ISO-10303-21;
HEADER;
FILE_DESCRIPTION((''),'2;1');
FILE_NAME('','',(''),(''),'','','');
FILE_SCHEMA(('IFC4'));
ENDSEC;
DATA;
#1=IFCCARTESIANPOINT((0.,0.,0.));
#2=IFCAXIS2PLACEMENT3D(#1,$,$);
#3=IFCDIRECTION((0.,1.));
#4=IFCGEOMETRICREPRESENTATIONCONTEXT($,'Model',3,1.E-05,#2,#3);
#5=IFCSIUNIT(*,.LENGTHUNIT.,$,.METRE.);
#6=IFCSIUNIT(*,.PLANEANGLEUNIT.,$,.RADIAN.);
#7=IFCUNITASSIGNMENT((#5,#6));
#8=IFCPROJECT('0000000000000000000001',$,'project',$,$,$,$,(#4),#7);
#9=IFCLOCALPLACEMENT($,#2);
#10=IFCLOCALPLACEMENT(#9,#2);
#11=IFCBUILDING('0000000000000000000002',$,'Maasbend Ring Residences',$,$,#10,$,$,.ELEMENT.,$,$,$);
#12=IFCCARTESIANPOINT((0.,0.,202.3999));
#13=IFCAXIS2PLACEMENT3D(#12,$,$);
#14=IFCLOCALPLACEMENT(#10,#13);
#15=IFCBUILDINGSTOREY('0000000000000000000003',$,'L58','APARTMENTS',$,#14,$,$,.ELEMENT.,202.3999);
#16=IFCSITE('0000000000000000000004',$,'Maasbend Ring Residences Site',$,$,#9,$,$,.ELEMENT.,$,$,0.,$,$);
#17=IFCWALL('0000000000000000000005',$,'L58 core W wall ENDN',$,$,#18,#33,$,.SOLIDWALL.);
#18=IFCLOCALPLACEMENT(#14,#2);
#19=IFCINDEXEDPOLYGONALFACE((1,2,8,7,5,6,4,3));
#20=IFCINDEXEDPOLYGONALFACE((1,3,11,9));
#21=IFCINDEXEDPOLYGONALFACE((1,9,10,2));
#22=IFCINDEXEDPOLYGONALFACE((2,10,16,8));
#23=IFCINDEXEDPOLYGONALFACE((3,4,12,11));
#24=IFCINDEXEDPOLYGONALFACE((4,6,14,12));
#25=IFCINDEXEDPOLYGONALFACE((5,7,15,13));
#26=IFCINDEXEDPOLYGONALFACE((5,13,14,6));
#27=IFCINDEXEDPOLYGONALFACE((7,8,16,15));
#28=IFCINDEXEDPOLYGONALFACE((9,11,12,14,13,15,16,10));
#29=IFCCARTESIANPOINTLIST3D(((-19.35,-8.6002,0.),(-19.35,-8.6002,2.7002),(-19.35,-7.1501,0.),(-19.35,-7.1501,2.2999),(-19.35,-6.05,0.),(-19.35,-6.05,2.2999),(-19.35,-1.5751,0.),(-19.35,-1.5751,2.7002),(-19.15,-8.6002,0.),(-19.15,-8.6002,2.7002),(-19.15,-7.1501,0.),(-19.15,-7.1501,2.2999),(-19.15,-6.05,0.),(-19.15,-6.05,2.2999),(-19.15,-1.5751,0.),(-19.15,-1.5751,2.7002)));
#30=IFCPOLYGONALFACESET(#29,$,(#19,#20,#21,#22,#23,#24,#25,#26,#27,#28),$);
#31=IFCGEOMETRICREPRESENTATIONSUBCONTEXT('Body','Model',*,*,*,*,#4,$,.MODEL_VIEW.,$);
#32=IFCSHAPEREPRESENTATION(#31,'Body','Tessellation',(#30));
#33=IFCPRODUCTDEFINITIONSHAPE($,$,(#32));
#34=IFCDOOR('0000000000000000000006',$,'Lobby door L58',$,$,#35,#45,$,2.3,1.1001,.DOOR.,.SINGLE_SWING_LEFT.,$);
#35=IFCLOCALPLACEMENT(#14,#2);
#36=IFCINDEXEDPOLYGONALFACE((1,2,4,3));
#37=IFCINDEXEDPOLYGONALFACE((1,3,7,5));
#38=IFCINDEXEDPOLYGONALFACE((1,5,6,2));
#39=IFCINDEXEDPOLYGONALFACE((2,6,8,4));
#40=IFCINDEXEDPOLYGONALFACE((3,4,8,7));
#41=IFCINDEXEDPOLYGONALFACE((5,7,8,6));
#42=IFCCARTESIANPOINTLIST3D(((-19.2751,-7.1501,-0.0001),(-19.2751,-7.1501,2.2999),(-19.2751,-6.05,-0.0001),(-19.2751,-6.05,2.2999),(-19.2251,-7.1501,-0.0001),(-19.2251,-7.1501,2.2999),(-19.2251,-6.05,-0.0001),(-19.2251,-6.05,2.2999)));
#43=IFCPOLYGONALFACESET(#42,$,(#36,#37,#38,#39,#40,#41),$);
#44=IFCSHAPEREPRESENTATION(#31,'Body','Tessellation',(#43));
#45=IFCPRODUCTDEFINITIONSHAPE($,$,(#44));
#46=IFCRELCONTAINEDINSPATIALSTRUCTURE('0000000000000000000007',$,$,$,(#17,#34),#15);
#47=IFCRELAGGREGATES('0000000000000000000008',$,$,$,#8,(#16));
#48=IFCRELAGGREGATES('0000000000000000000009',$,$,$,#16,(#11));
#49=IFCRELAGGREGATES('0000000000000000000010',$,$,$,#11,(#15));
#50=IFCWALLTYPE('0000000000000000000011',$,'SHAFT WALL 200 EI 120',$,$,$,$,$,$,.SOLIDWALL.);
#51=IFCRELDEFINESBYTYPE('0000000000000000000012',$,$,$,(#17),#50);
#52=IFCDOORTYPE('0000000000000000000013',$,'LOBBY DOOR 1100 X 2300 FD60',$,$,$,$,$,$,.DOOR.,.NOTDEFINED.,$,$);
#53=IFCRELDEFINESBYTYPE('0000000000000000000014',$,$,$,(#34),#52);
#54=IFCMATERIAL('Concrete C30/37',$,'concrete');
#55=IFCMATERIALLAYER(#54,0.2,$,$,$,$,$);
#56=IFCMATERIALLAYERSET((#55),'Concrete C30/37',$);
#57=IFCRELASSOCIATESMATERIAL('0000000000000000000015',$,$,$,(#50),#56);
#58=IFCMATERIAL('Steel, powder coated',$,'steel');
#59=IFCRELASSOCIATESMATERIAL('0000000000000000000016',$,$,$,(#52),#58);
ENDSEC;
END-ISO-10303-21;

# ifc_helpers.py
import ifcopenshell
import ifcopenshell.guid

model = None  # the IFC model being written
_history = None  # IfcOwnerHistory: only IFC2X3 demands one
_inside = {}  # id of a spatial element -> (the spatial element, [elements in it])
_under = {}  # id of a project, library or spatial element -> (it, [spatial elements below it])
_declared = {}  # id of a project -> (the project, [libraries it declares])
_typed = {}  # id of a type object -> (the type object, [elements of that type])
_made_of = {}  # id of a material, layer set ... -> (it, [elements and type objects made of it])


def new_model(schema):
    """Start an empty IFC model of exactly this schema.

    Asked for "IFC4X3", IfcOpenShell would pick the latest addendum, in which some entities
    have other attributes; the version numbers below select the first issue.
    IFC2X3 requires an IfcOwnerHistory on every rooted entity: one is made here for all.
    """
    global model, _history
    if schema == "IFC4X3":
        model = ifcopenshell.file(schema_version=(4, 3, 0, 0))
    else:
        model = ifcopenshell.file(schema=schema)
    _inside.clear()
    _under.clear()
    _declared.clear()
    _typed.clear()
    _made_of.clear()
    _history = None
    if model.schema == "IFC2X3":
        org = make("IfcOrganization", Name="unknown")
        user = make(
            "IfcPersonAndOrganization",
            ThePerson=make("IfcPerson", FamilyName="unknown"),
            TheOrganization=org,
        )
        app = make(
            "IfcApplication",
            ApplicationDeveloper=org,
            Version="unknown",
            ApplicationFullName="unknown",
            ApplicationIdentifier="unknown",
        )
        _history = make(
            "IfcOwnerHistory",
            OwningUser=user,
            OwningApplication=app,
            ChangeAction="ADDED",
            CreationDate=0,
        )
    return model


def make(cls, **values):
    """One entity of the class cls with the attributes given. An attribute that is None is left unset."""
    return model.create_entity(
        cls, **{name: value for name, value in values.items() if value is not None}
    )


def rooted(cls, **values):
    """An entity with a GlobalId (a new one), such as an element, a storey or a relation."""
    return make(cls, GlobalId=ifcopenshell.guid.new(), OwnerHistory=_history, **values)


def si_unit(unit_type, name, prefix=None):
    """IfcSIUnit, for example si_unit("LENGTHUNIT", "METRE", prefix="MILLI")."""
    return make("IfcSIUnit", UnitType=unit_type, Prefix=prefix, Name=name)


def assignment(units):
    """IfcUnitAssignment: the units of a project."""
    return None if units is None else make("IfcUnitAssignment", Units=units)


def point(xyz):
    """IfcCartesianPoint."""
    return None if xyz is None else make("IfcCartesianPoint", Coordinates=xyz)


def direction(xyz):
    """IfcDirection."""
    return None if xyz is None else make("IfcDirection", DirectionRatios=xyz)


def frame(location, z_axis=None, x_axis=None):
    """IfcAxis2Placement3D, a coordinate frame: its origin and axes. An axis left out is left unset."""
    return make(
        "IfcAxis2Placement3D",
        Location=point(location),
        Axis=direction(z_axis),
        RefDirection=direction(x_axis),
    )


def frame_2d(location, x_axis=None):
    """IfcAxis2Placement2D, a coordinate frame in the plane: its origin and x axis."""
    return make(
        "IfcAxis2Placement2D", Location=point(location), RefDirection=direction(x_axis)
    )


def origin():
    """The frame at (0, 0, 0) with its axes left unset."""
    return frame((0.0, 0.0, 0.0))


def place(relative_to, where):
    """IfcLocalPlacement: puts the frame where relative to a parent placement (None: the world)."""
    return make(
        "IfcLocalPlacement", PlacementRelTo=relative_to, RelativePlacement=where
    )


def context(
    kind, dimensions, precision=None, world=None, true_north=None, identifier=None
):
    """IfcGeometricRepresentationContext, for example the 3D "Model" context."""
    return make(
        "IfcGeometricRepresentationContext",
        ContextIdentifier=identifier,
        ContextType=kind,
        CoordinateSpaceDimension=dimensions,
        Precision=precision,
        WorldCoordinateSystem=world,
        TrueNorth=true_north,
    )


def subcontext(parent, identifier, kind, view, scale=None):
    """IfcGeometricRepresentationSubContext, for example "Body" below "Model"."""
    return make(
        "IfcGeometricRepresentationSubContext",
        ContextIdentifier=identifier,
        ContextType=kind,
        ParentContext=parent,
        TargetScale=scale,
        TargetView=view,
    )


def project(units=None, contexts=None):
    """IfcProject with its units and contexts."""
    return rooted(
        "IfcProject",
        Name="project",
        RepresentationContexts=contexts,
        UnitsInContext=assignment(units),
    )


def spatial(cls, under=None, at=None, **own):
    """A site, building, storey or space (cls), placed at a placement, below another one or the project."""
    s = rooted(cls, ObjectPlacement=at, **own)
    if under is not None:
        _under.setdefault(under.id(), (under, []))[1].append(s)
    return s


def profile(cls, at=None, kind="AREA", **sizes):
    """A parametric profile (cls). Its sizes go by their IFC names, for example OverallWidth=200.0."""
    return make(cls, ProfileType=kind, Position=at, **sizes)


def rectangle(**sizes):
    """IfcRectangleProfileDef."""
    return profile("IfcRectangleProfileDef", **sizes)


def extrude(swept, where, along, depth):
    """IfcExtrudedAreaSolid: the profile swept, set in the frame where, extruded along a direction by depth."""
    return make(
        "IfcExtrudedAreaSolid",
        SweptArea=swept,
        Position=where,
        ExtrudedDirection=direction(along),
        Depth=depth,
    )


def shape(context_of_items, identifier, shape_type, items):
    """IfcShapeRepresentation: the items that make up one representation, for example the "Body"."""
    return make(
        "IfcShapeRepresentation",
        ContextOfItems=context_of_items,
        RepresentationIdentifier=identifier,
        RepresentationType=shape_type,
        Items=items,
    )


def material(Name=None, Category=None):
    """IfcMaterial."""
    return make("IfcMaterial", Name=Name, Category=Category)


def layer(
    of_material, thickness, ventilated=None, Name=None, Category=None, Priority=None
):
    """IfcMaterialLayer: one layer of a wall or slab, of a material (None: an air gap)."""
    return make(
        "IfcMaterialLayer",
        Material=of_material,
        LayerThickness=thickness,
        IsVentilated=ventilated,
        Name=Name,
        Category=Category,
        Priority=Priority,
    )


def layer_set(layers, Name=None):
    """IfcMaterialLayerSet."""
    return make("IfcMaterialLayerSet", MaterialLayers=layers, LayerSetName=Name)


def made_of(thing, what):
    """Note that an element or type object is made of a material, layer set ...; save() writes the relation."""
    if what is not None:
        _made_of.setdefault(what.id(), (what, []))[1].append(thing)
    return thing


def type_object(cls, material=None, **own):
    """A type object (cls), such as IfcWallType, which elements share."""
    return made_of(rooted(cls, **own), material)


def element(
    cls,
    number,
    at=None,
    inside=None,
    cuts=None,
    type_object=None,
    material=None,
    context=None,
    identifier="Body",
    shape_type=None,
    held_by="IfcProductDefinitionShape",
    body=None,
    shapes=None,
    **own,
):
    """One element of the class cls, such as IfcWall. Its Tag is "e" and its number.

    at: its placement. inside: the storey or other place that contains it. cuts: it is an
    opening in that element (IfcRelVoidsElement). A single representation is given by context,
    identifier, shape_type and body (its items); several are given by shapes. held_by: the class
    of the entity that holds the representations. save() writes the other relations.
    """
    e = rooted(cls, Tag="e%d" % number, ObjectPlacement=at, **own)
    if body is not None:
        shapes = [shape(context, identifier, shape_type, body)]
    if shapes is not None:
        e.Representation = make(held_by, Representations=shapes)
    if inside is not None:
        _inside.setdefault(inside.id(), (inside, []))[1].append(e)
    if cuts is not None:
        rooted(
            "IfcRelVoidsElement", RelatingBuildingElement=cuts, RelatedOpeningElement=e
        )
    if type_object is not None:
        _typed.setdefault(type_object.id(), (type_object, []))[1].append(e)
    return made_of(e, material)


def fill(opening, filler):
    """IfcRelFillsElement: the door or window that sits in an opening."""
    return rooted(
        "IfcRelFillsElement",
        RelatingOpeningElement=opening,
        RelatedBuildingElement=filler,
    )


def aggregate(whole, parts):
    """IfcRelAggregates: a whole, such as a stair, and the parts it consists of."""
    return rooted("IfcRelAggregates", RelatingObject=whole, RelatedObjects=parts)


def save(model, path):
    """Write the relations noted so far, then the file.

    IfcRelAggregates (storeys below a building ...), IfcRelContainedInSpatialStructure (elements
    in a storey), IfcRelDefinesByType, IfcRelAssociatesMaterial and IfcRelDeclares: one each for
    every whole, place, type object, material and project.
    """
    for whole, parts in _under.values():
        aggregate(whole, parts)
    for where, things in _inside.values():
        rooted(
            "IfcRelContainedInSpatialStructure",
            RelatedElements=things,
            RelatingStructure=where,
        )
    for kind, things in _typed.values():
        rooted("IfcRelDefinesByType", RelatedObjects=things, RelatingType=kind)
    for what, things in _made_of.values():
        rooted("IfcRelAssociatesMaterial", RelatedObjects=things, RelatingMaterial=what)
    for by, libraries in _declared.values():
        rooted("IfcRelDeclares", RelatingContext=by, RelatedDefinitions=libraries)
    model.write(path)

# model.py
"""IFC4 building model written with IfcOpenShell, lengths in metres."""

from ifc_helpers import new_model, si_unit, direction, frame, frame_2d, origin, place, context, subcontext, project, spatial, rectangle, extrude, material, layer, layer_set, type_object, element, fill, save


model = new_model("IFC4")

# Units and contexts
model_context = context("Model", 3, precision=1e-05, world=origin(), true_north=direction((0.0, 1.0)))
body_context = subcontext(model_context, "Body", "Model", "MODEL_VIEW")
ifc_project = project(units=[si_unit("LENGTHUNIT", "METRE"), si_unit("PLANEANGLEUNIT", "RADIAN")], contexts=[model_context])

# Site, building, storey
site_placement = place(None, origin())
site = spatial("IfcSite", under=ifc_project, at=site_placement, Name="Maasbend Ring Residences Site", CompositionType="ELEMENT", RefElevation=0.0)
building_placement = place(site_placement, origin())
building = spatial("IfcBuilding", under=site, at=building_placement, Name="Maasbend Ring Residences", CompositionType="ELEMENT")
storey_placement = place(building_placement, frame((0.0, 0.0, 202.3999)))
storey = spatial("IfcBuildingStorey", under=building, at=storey_placement, Name="L58", Description="APARTMENTS", CompositionType="ELEMENT", Elevation=202.3999)

# Wall, opening, door
ifc_material_1 = material(Name="Concrete C30/37", Category="concrete")
ifc_layer_1 = layer(ifc_material_1, 0.2)
ifc_layer_set_1 = layer_set([ifc_layer_1], Name="Concrete C30/37")
wall_type_1 = type_object("IfcWallType", Name="SHAFT WALL 200 EI 120", PredefinedType="SOLIDWALL", material=ifc_layer_set_1)
wall_1_placement = place(storey_placement, frame((-19.25, -1.575, 0.0), z_axis=(0.0, 0.0, 1.0), x_axis=(0.0, -1.0, 0.0)))
wall_1 = element("IfcWall", 1, at=wall_1_placement, inside=storey, type_object=wall_type_1, Name="L58 core W wall ENDN", PredefinedType="SOLIDWALL", context=body_context, shape_type="SweptSolid", body=[
    extrude(rectangle(XDim=7.0251, YDim=0.2, at=frame_2d((3.5127, 0.0))), origin(), (0.0, 0.0, 1.0), 2.7002),
])
opening_1_placement = place(wall_1_placement, frame((4.4751, 0.0, 0.0)))
opening_1 = element("IfcOpeningElement", 2, at=opening_1_placement, cuts=wall_1, PredefinedType="OPENING", context=body_context, shape_type="SweptSolid", body=[
    extrude(rectangle(XDim=1.1001, YDim=2.3, at=frame_2d((0.55, 1.1499))), frame((0.0, 0.1099, 0.0), z_axis=(0.0, -1.0, 0.0), x_axis=(1.0, 0.0, 0.0)), (0.0, 0.0, 1.0), 0.22),
])
ifc_material_2 = material(Name="Steel, powder coated", Category="steel")
door_type_1 = type_object("IfcDoorType", Name="LOBBY DOOR 1100 X 2300 FD60", OperationType="NOTDEFINED", PredefinedType="DOOR", material=ifc_material_2)
door_1_placement = place(opening_1_placement, origin())
door_1 = element("IfcDoor", 3, at=door_1_placement, inside=storey, type_object=door_type_1, Name="Lobby door L58", OperationType="SINGLE_SWING_LEFT", OverallHeight=2.3, OverallWidth=1.1001, PredefinedType="DOOR", context=body_context, shape_type="SweptSolid", body=[
    extrude(rectangle(XDim=1.1001, YDim=2.3, at=frame_2d((0.55, 1.1499))), frame((0.0, 0.0249, 0.0), z_axis=(0.0, -1.0, 0.0), x_axis=(1.0, 0.0, 0.0)), (0.0, 0.0, 1.0), 0.05),
])
fill(opening_1, door_1)

save(model, "model.ifc")
